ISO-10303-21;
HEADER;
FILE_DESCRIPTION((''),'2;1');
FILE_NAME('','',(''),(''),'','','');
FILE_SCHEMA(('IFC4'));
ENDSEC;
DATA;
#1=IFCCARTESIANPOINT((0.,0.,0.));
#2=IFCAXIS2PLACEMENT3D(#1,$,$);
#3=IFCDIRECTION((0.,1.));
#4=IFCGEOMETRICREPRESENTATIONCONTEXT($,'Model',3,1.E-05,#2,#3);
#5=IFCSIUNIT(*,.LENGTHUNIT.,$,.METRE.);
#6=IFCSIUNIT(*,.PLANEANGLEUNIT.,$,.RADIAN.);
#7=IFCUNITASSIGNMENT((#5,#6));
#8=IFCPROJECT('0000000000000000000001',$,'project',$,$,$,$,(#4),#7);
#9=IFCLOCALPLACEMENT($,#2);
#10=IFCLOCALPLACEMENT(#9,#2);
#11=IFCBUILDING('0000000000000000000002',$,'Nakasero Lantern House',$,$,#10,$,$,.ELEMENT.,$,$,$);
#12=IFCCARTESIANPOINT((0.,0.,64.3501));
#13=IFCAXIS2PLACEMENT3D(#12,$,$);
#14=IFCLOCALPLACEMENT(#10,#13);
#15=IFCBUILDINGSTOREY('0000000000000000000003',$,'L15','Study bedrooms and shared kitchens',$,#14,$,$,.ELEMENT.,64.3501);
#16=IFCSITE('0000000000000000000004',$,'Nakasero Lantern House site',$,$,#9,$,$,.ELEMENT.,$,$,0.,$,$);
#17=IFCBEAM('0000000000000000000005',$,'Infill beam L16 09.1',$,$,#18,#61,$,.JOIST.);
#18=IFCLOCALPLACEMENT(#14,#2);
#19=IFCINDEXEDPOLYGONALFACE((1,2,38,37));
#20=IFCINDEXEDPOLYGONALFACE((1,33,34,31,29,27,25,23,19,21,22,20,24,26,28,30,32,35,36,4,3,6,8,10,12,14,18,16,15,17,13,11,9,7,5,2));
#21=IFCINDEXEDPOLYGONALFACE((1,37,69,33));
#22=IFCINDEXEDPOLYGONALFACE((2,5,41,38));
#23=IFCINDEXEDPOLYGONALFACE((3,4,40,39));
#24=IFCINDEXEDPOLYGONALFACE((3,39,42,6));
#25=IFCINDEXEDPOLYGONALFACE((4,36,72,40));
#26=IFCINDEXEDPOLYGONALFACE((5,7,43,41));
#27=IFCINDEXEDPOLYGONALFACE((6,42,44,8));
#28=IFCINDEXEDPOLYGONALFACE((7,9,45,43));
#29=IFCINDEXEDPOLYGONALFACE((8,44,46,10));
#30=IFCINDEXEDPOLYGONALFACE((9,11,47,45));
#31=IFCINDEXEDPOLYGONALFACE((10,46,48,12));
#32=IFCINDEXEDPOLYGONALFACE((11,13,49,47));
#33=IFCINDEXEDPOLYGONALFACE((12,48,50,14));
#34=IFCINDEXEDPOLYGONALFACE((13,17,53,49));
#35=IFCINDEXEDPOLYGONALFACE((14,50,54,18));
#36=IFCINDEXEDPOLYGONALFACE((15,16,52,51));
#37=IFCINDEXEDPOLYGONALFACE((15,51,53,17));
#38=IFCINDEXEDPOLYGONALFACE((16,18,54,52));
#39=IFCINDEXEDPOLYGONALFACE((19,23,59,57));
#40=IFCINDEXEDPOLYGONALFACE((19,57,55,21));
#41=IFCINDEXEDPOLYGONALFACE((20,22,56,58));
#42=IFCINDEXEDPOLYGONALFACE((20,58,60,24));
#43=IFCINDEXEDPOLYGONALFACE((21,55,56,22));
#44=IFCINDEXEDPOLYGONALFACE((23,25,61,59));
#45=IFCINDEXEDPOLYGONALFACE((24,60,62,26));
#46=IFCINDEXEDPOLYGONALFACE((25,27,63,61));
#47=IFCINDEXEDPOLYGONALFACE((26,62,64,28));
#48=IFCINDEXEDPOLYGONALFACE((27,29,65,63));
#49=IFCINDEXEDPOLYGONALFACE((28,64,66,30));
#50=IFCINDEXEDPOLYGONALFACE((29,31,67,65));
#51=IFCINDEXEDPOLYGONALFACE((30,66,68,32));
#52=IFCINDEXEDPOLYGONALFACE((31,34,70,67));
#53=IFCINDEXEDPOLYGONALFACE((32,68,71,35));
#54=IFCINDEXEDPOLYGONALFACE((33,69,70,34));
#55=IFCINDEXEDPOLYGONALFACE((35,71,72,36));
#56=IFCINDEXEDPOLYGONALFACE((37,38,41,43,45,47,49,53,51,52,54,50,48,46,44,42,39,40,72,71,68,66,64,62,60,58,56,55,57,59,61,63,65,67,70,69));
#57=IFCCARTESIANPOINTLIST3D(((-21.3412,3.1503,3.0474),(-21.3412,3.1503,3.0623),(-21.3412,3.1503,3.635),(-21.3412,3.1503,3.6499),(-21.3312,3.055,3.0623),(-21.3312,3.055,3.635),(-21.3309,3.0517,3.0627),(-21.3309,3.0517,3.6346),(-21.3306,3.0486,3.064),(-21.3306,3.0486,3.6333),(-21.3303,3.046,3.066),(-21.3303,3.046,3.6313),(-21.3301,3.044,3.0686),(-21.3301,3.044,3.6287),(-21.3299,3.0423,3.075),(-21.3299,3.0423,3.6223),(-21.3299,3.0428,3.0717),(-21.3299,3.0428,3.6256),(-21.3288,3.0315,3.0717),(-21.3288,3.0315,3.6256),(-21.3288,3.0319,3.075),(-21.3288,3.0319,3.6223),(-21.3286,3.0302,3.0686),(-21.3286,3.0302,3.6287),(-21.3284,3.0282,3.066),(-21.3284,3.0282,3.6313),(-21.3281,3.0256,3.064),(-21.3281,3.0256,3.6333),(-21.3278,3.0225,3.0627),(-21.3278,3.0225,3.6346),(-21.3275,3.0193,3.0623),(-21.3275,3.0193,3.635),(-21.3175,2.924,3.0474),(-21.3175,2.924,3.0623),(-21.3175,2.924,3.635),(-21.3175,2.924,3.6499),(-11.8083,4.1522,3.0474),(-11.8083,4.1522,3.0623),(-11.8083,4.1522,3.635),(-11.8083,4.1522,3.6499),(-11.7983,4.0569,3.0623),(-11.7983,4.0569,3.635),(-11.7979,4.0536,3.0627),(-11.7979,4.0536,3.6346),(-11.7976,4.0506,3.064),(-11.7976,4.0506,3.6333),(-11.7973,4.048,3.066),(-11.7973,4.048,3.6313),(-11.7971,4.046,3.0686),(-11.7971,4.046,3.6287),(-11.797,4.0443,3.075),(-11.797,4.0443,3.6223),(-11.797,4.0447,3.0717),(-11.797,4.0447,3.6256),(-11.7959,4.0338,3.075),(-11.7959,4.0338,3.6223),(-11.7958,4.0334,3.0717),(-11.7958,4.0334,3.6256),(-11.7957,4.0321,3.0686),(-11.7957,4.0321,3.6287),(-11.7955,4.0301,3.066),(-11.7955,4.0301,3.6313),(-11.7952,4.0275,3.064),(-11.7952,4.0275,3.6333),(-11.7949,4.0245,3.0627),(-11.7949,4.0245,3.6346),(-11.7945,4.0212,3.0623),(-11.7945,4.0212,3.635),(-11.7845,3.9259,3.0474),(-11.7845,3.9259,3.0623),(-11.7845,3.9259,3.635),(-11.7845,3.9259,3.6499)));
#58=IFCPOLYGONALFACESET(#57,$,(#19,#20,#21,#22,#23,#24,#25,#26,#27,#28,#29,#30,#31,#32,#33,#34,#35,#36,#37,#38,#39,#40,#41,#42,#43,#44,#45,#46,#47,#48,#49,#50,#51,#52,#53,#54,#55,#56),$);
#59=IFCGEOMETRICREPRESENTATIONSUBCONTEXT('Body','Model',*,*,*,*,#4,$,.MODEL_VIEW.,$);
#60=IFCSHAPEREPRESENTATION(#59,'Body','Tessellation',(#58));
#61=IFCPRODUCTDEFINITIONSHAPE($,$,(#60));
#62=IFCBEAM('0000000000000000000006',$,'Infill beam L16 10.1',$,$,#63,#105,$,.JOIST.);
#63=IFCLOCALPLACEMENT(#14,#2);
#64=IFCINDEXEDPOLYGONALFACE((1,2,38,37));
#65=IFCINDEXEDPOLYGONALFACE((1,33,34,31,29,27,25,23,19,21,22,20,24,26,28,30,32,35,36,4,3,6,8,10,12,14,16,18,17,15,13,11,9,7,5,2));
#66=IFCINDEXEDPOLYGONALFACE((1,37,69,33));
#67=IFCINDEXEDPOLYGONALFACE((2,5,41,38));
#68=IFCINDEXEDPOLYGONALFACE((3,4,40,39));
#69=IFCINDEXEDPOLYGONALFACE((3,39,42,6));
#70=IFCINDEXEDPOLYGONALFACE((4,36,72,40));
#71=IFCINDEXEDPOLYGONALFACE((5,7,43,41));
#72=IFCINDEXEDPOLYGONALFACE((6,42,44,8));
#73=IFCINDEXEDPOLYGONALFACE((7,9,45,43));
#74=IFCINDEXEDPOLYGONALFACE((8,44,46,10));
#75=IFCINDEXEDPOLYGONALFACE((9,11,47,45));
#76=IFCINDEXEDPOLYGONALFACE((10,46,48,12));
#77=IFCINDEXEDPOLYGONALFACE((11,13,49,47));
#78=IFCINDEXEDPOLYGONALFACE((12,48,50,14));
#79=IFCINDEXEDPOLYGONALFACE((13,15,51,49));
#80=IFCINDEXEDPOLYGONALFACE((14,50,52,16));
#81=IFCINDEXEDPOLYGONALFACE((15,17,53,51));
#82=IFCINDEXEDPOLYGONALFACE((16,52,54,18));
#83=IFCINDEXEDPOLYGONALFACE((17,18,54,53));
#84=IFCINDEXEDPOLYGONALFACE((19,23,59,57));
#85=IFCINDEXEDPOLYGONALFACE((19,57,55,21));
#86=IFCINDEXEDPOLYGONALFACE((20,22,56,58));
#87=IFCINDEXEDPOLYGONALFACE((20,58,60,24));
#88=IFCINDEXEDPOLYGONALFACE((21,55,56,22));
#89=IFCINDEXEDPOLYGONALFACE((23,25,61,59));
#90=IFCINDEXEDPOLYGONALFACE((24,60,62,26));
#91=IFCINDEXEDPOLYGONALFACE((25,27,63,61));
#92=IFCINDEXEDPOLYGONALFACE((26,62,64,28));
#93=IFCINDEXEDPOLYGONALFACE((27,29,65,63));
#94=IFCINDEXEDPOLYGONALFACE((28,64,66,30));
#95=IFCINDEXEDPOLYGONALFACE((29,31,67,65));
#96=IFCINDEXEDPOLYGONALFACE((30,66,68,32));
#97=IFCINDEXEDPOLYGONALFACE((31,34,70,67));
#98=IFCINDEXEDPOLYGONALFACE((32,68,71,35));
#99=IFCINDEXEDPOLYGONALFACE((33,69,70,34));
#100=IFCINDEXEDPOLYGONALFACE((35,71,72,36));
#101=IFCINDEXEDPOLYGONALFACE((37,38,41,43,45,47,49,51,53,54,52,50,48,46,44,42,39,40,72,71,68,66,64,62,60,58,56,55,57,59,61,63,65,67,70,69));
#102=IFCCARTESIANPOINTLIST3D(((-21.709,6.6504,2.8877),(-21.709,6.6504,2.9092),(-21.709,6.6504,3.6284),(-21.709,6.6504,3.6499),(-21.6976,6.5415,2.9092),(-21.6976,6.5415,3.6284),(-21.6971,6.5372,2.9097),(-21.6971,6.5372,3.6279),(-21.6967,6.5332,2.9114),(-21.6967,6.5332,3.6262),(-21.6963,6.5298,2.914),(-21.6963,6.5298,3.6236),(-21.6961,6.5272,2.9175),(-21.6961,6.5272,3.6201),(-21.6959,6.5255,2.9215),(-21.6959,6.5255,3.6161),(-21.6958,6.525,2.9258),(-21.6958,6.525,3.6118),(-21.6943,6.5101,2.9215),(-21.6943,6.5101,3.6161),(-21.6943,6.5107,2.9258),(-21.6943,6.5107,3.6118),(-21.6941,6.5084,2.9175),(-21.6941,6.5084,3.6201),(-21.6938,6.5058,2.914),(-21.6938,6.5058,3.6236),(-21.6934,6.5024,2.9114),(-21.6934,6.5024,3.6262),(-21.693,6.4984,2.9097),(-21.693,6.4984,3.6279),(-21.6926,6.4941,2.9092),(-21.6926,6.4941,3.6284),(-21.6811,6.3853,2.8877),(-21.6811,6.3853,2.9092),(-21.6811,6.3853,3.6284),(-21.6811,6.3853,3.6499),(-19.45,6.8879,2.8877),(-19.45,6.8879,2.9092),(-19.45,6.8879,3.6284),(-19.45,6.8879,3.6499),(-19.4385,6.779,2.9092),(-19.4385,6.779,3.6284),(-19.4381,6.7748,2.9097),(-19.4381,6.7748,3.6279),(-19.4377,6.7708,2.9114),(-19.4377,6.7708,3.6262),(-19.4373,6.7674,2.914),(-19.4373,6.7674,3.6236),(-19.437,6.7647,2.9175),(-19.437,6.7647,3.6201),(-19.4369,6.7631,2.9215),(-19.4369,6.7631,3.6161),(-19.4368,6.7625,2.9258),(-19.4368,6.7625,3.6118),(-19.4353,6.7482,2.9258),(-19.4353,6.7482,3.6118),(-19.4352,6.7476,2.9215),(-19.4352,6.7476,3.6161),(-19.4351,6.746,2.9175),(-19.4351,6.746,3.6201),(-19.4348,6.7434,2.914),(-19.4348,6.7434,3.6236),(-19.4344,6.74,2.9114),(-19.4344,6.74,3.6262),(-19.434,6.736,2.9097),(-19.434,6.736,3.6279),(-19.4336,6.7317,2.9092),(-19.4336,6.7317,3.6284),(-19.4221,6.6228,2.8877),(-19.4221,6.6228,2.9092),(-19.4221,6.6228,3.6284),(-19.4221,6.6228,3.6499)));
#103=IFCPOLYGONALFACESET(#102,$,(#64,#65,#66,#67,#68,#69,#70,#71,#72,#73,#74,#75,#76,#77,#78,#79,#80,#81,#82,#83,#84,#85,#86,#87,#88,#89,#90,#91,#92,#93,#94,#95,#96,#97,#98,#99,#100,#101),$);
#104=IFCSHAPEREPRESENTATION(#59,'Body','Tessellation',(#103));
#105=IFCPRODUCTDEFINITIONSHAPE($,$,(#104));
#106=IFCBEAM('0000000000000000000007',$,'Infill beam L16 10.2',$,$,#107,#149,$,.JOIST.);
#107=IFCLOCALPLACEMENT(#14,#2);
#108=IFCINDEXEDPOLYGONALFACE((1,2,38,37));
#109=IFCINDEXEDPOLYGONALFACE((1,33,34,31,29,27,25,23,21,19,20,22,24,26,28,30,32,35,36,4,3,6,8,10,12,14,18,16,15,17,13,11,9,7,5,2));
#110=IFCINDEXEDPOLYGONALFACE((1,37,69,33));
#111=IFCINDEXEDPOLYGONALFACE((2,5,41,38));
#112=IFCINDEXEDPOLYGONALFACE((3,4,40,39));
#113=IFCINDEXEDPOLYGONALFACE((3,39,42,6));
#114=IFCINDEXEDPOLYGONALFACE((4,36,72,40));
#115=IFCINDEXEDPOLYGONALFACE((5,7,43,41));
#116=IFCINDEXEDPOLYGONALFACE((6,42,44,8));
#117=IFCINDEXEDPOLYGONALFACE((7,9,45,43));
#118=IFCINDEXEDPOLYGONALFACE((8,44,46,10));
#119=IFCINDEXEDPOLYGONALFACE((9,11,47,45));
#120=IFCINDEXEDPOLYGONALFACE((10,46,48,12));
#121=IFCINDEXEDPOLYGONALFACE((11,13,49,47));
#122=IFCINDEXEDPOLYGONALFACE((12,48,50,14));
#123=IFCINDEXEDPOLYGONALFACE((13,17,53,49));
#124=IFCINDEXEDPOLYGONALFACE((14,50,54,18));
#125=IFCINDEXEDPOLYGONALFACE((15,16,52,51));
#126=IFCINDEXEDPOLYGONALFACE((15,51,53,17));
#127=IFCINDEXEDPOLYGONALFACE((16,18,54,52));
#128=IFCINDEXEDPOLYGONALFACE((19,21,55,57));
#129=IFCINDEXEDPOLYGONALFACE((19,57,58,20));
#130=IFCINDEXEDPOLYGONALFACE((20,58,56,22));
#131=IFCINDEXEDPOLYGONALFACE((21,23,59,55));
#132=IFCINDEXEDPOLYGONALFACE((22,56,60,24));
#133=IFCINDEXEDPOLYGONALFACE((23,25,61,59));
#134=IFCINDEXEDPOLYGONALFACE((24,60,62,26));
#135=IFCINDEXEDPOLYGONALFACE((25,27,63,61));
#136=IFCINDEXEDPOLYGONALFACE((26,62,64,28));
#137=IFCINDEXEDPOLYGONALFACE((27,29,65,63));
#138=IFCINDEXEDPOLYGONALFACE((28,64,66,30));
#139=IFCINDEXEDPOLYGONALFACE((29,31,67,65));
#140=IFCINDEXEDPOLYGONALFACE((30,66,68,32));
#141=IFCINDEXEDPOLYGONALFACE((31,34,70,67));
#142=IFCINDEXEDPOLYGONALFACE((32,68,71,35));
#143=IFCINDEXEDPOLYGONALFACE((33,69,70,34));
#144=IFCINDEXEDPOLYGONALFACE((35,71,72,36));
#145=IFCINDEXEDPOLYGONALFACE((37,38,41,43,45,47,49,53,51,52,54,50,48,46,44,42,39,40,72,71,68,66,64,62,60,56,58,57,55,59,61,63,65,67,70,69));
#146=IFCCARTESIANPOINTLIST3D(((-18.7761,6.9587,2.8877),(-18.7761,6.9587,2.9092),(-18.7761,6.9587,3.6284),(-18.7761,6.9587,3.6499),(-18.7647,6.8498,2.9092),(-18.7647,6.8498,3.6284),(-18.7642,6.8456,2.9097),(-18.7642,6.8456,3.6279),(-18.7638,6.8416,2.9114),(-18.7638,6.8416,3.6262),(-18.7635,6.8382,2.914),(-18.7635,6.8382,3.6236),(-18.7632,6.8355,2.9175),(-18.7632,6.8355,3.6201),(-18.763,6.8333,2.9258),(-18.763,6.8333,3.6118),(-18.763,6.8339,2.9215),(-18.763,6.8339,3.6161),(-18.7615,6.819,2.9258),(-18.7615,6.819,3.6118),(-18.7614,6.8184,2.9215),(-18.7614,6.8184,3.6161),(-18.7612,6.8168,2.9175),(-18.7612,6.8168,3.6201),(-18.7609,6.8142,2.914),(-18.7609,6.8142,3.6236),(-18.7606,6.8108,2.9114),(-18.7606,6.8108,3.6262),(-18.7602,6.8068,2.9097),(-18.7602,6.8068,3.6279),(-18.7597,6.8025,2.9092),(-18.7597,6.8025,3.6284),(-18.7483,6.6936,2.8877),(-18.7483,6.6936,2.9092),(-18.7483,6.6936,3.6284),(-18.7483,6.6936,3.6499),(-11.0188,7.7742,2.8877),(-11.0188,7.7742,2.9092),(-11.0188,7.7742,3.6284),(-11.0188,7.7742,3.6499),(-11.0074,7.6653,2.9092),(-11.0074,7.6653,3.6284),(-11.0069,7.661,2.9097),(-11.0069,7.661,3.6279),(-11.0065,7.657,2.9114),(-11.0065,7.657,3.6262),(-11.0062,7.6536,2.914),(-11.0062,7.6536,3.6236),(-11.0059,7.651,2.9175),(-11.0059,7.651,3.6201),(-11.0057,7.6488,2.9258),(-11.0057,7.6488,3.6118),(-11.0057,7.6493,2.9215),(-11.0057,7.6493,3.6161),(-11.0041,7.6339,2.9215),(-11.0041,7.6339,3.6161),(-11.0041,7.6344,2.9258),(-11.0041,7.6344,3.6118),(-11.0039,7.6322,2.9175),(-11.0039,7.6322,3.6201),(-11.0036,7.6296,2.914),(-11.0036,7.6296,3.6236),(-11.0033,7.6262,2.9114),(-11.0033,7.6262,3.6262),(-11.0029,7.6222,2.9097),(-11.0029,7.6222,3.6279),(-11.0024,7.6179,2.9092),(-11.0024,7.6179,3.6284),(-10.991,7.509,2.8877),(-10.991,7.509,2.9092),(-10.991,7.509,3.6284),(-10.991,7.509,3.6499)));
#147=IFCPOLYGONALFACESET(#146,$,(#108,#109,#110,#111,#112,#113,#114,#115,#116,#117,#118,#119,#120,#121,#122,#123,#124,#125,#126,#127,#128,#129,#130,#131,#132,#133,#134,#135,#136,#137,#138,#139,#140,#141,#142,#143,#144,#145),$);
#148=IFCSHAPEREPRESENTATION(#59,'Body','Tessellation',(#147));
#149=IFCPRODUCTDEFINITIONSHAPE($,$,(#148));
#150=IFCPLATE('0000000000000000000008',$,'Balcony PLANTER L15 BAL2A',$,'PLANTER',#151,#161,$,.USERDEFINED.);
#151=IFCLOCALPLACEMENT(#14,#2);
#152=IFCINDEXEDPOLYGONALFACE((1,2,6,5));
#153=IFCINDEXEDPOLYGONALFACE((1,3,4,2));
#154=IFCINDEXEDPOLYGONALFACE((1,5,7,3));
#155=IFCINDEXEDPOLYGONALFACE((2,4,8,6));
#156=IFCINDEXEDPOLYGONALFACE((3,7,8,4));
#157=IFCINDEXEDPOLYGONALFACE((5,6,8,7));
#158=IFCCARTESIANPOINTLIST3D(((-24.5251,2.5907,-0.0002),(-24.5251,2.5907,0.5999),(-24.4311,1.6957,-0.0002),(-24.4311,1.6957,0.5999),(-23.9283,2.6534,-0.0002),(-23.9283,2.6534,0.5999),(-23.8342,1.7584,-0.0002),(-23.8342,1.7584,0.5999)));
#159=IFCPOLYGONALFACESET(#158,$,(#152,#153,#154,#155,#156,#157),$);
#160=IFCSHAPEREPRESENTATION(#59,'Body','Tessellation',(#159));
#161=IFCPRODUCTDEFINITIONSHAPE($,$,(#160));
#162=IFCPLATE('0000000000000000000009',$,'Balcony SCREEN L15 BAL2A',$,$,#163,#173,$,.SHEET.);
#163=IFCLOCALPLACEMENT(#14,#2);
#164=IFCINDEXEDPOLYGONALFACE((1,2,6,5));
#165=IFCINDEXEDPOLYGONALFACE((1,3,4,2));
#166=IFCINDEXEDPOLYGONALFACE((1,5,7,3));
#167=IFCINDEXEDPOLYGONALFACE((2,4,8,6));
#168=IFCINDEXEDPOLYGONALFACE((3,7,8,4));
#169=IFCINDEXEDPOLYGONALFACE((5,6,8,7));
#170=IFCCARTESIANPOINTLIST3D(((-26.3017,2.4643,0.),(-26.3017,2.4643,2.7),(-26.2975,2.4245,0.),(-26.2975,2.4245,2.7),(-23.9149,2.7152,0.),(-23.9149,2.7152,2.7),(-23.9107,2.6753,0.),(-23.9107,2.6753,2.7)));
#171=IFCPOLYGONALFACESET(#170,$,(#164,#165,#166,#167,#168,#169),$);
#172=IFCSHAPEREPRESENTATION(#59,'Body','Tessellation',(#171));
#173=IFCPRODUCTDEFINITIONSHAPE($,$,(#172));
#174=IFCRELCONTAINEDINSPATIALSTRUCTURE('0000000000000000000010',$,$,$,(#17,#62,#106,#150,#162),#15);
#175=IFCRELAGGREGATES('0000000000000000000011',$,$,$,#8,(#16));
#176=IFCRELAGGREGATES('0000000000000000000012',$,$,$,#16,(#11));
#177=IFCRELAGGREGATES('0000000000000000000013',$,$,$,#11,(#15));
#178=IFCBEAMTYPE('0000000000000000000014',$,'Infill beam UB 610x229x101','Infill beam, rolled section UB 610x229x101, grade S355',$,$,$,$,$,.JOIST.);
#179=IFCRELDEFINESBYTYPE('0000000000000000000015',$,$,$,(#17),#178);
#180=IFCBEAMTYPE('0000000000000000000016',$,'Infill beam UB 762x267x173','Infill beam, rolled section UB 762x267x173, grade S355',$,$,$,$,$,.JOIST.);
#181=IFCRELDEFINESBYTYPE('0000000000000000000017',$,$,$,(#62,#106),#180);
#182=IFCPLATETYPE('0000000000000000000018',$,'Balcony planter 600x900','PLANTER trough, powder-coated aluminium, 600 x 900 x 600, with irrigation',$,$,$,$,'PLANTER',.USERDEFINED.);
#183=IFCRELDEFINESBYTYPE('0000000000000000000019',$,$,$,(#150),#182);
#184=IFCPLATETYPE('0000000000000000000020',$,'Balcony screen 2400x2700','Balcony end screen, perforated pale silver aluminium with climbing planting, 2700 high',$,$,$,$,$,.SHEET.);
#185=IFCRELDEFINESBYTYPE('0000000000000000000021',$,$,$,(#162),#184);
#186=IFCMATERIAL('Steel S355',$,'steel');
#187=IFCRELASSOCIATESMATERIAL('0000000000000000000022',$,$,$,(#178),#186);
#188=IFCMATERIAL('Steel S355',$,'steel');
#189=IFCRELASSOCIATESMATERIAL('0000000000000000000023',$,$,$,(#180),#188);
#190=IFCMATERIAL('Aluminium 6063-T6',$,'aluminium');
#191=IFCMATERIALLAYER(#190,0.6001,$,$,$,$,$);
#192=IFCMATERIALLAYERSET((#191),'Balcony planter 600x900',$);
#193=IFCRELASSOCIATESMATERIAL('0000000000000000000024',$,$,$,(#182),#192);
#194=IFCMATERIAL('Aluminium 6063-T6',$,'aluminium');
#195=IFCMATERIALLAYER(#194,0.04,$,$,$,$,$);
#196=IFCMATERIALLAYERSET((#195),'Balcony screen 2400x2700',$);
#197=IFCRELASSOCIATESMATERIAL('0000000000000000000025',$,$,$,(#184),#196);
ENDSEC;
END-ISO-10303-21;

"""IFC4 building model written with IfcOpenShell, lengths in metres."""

from ifc_helpers import new_model, si_unit, direction, frame, origin, origin_2d, place, context, subcontext, project, spatial, rectangle, i_section, extrude, material, layer, layer_set, material_profile, profile_set, type_object, element, save


model = new_model("IFC4")

# Units and contexts
model_context = context("Model", 3, precision=1e-05, world=origin(), true_north=direction((0.0, 1.0)))
body_context = subcontext(model_context, "Body", "Model", "MODEL_VIEW")
ifc_project = project(units=[si_unit("LENGTHUNIT", "METRE"), si_unit("PLANEANGLEUNIT", "RADIAN")], contexts=[model_context])

# Site, building, storey
site_placement = place(None, origin())
site = spatial("IfcSite", under=ifc_project, at=site_placement, Name="Nakasero Lantern House site", CompositionType="ELEMENT", RefElevation=0.0)
building_placement = place(site_placement, origin())
building = spatial("IfcBuilding", under=site, at=building_placement, Name="Nakasero Lantern House", CompositionType="ELEMENT")
storey_placement = place(building_placement, frame((0.0, 0.0, 64.3501)))
storey = spatial("IfcBuildingStorey", under=building, at=storey_placement, Name="L15", Description="Study bedrooms and shared kitchens", CompositionType="ELEMENT", Elevation=64.3501)

# Beams
ifc_material_1 = material(Name="Steel S355", Category="steel")
ifc_material_profile_1 = material_profile(ifc_material_1, i_section(OverallWidth=0.2275, OverallDepth=0.6025, WebThickness=0.0105, FlangeThickness=0.0149, FilletRadius=0.0127, at=origin_2d()), Name="UB 610x229x101")
ifc_profile_set_1 = profile_set([ifc_material_profile_1], Name="Steel S355")
beam_type_1 = type_object("IfcBeamType", Name="Infill beam UB 610x229x101", Description="Infill beam, rolled section UB 610x229x101, grade S355", PredefinedType="JOIST", material=ifc_profile_set_1)
beam_1_placement = place(storey_placement, frame((-21.3293, 3.0371, 3.3486), z_axis=(0.994522, 0.104528, 0.0), x_axis=(-0.104528, 0.994522, 0.0)))
element("IfcBeam", 1, at=beam_1_placement, inside=storey, type_object=beam_type_1, Name="Infill beam L16 09.1", PredefinedType="JOIST", context=body_context, shape_type="SweptSolid", body=[
    extrude(i_section(OverallWidth=0.2275, OverallDepth=0.6025, WebThickness=0.0105, FlangeThickness=0.0149, FilletRadius=0.0127, at=origin_2d()), origin(), (0.0, 0.0, 1.0), 9.5854),
])
ifc_material_2 = material(Name="Steel S355", Category="steel")
ifc_material_profile_2 = material_profile(ifc_material_2, i_section(OverallWidth=0.2666, OverallDepth=0.7622, WebThickness=0.0144, FlangeThickness=0.0215, FilletRadius=0.0166, at=origin_2d()), Name="UB 762x267x173")
ifc_profile_set_2 = profile_set([ifc_material_profile_2], Name="Steel S355")
beam_type_2 = type_object("IfcBeamType", Name="Infill beam UB 762x267x173", Description="Infill beam, rolled section UB 762x267x173, grade S355", PredefinedType="JOIST", material=ifc_profile_set_2)
beam_2_placement = place(storey_placement, frame((-21.6951, 6.5178, 3.2688), z_axis=(0.994517, 0.104578, 0.0), x_axis=(-0.104578, 0.994517, 0.0)))
element("IfcBeam", 2, at=beam_2_placement, inside=storey, type_object=beam_type_2, Name="Infill beam L16 10.1", PredefinedType="JOIST", context=body_context, shape_type="SweptSolid", body=[
    extrude(i_section(OverallWidth=0.2666, OverallDepth=0.7622, WebThickness=0.0144, FlangeThickness=0.0215, FilletRadius=0.0166, at=origin_2d()), origin(), (0.0, 0.0, 1.0), 2.2715),
])
beam_3_placement = place(storey_placement, frame((-18.7622, 6.8262, 3.2688), z_axis=(0.994521, 0.104541, 0.0), x_axis=(-0.104541, 0.994521, 0.0)))
element("IfcBeam", 3, at=beam_3_placement, inside=storey, type_object=beam_type_2, Name="Infill beam L16 10.2", PredefinedType="JOIST", context=body_context, shape_type="SweptSolid", body=[
    extrude(i_section(OverallWidth=0.2666, OverallDepth=0.7622, WebThickness=0.0144, FlangeThickness=0.0215, FilletRadius=0.0166, at=origin_2d()), origin(), (0.0, 0.0, 1.0), 7.8),
])

# Plates
ifc_material_3 = material(Name="Aluminium 6063-T6", Category="aluminium")
ifc_layer_1 = layer(ifc_material_3, 0.6001)
ifc_layer_set_1 = layer_set([ifc_layer_1], Name="Balcony planter 600x900")
plate_type_1 = type_object("IfcPlateType", Name="Balcony planter 600x900", Description="PLANTER trough, powder-coated aluminium, 600 x 900 x 600, with irrigation", ElementType="PLANTER", PredefinedType="USERDEFINED", material=ifc_layer_set_1)
plate_1_placement = place(storey_placement, frame((-24.1797, 2.1746, -0.0002), z_axis=(0.0, 0.0, 1.0), x_axis=(-0.994522, -0.104528, 0.0)))
element("IfcPlate", 4, at=plate_1_placement, inside=storey, type_object=plate_type_1, Name="Balcony PLANTER L15 BAL2A", ObjectType="PLANTER", PredefinedType="USERDEFINED", context=body_context, shape_type="SweptSolid", body=[
    extrude(rectangle(XDim=0.6001, YDim=0.8999, at=origin_2d()), origin(), (0.0, 0.0, 1.0), 0.6001),
])
ifc_material_4 = material(Name="Aluminium 6063-T6", Category="aluminium")
ifc_layer_2 = layer(ifc_material_4, 0.04)
ifc_layer_set_2 = layer_set([ifc_layer_2], Name="Balcony screen 2400x2700")
plate_type_2 = type_object("IfcPlateType", Name="Balcony screen 2400x2700", Description="Balcony end screen, perforated pale silver aluminium with climbing planting, 2700 high", PredefinedType="SHEET", material=ifc_layer_set_2)
plate_2_placement = place(storey_placement, frame((-25.1062, 2.5698, 0.0), z_axis=(0.0, 0.0, 1.0), x_axis=(-0.994522, -0.104528, 0.0)))
element("IfcPlate", 5, at=plate_2_placement, inside=storey, type_object=plate_type_2, Name="Balcony SCREEN L15 BAL2A", PredefinedType="SHEET", context=body_context, shape_type="SweptSolid", body=[
    extrude(rectangle(XDim=2.3999, YDim=0.04, at=origin_2d()), origin(), (0.0, 0.0, 1.0), 2.7),
])

save(model, "model.ifc")
